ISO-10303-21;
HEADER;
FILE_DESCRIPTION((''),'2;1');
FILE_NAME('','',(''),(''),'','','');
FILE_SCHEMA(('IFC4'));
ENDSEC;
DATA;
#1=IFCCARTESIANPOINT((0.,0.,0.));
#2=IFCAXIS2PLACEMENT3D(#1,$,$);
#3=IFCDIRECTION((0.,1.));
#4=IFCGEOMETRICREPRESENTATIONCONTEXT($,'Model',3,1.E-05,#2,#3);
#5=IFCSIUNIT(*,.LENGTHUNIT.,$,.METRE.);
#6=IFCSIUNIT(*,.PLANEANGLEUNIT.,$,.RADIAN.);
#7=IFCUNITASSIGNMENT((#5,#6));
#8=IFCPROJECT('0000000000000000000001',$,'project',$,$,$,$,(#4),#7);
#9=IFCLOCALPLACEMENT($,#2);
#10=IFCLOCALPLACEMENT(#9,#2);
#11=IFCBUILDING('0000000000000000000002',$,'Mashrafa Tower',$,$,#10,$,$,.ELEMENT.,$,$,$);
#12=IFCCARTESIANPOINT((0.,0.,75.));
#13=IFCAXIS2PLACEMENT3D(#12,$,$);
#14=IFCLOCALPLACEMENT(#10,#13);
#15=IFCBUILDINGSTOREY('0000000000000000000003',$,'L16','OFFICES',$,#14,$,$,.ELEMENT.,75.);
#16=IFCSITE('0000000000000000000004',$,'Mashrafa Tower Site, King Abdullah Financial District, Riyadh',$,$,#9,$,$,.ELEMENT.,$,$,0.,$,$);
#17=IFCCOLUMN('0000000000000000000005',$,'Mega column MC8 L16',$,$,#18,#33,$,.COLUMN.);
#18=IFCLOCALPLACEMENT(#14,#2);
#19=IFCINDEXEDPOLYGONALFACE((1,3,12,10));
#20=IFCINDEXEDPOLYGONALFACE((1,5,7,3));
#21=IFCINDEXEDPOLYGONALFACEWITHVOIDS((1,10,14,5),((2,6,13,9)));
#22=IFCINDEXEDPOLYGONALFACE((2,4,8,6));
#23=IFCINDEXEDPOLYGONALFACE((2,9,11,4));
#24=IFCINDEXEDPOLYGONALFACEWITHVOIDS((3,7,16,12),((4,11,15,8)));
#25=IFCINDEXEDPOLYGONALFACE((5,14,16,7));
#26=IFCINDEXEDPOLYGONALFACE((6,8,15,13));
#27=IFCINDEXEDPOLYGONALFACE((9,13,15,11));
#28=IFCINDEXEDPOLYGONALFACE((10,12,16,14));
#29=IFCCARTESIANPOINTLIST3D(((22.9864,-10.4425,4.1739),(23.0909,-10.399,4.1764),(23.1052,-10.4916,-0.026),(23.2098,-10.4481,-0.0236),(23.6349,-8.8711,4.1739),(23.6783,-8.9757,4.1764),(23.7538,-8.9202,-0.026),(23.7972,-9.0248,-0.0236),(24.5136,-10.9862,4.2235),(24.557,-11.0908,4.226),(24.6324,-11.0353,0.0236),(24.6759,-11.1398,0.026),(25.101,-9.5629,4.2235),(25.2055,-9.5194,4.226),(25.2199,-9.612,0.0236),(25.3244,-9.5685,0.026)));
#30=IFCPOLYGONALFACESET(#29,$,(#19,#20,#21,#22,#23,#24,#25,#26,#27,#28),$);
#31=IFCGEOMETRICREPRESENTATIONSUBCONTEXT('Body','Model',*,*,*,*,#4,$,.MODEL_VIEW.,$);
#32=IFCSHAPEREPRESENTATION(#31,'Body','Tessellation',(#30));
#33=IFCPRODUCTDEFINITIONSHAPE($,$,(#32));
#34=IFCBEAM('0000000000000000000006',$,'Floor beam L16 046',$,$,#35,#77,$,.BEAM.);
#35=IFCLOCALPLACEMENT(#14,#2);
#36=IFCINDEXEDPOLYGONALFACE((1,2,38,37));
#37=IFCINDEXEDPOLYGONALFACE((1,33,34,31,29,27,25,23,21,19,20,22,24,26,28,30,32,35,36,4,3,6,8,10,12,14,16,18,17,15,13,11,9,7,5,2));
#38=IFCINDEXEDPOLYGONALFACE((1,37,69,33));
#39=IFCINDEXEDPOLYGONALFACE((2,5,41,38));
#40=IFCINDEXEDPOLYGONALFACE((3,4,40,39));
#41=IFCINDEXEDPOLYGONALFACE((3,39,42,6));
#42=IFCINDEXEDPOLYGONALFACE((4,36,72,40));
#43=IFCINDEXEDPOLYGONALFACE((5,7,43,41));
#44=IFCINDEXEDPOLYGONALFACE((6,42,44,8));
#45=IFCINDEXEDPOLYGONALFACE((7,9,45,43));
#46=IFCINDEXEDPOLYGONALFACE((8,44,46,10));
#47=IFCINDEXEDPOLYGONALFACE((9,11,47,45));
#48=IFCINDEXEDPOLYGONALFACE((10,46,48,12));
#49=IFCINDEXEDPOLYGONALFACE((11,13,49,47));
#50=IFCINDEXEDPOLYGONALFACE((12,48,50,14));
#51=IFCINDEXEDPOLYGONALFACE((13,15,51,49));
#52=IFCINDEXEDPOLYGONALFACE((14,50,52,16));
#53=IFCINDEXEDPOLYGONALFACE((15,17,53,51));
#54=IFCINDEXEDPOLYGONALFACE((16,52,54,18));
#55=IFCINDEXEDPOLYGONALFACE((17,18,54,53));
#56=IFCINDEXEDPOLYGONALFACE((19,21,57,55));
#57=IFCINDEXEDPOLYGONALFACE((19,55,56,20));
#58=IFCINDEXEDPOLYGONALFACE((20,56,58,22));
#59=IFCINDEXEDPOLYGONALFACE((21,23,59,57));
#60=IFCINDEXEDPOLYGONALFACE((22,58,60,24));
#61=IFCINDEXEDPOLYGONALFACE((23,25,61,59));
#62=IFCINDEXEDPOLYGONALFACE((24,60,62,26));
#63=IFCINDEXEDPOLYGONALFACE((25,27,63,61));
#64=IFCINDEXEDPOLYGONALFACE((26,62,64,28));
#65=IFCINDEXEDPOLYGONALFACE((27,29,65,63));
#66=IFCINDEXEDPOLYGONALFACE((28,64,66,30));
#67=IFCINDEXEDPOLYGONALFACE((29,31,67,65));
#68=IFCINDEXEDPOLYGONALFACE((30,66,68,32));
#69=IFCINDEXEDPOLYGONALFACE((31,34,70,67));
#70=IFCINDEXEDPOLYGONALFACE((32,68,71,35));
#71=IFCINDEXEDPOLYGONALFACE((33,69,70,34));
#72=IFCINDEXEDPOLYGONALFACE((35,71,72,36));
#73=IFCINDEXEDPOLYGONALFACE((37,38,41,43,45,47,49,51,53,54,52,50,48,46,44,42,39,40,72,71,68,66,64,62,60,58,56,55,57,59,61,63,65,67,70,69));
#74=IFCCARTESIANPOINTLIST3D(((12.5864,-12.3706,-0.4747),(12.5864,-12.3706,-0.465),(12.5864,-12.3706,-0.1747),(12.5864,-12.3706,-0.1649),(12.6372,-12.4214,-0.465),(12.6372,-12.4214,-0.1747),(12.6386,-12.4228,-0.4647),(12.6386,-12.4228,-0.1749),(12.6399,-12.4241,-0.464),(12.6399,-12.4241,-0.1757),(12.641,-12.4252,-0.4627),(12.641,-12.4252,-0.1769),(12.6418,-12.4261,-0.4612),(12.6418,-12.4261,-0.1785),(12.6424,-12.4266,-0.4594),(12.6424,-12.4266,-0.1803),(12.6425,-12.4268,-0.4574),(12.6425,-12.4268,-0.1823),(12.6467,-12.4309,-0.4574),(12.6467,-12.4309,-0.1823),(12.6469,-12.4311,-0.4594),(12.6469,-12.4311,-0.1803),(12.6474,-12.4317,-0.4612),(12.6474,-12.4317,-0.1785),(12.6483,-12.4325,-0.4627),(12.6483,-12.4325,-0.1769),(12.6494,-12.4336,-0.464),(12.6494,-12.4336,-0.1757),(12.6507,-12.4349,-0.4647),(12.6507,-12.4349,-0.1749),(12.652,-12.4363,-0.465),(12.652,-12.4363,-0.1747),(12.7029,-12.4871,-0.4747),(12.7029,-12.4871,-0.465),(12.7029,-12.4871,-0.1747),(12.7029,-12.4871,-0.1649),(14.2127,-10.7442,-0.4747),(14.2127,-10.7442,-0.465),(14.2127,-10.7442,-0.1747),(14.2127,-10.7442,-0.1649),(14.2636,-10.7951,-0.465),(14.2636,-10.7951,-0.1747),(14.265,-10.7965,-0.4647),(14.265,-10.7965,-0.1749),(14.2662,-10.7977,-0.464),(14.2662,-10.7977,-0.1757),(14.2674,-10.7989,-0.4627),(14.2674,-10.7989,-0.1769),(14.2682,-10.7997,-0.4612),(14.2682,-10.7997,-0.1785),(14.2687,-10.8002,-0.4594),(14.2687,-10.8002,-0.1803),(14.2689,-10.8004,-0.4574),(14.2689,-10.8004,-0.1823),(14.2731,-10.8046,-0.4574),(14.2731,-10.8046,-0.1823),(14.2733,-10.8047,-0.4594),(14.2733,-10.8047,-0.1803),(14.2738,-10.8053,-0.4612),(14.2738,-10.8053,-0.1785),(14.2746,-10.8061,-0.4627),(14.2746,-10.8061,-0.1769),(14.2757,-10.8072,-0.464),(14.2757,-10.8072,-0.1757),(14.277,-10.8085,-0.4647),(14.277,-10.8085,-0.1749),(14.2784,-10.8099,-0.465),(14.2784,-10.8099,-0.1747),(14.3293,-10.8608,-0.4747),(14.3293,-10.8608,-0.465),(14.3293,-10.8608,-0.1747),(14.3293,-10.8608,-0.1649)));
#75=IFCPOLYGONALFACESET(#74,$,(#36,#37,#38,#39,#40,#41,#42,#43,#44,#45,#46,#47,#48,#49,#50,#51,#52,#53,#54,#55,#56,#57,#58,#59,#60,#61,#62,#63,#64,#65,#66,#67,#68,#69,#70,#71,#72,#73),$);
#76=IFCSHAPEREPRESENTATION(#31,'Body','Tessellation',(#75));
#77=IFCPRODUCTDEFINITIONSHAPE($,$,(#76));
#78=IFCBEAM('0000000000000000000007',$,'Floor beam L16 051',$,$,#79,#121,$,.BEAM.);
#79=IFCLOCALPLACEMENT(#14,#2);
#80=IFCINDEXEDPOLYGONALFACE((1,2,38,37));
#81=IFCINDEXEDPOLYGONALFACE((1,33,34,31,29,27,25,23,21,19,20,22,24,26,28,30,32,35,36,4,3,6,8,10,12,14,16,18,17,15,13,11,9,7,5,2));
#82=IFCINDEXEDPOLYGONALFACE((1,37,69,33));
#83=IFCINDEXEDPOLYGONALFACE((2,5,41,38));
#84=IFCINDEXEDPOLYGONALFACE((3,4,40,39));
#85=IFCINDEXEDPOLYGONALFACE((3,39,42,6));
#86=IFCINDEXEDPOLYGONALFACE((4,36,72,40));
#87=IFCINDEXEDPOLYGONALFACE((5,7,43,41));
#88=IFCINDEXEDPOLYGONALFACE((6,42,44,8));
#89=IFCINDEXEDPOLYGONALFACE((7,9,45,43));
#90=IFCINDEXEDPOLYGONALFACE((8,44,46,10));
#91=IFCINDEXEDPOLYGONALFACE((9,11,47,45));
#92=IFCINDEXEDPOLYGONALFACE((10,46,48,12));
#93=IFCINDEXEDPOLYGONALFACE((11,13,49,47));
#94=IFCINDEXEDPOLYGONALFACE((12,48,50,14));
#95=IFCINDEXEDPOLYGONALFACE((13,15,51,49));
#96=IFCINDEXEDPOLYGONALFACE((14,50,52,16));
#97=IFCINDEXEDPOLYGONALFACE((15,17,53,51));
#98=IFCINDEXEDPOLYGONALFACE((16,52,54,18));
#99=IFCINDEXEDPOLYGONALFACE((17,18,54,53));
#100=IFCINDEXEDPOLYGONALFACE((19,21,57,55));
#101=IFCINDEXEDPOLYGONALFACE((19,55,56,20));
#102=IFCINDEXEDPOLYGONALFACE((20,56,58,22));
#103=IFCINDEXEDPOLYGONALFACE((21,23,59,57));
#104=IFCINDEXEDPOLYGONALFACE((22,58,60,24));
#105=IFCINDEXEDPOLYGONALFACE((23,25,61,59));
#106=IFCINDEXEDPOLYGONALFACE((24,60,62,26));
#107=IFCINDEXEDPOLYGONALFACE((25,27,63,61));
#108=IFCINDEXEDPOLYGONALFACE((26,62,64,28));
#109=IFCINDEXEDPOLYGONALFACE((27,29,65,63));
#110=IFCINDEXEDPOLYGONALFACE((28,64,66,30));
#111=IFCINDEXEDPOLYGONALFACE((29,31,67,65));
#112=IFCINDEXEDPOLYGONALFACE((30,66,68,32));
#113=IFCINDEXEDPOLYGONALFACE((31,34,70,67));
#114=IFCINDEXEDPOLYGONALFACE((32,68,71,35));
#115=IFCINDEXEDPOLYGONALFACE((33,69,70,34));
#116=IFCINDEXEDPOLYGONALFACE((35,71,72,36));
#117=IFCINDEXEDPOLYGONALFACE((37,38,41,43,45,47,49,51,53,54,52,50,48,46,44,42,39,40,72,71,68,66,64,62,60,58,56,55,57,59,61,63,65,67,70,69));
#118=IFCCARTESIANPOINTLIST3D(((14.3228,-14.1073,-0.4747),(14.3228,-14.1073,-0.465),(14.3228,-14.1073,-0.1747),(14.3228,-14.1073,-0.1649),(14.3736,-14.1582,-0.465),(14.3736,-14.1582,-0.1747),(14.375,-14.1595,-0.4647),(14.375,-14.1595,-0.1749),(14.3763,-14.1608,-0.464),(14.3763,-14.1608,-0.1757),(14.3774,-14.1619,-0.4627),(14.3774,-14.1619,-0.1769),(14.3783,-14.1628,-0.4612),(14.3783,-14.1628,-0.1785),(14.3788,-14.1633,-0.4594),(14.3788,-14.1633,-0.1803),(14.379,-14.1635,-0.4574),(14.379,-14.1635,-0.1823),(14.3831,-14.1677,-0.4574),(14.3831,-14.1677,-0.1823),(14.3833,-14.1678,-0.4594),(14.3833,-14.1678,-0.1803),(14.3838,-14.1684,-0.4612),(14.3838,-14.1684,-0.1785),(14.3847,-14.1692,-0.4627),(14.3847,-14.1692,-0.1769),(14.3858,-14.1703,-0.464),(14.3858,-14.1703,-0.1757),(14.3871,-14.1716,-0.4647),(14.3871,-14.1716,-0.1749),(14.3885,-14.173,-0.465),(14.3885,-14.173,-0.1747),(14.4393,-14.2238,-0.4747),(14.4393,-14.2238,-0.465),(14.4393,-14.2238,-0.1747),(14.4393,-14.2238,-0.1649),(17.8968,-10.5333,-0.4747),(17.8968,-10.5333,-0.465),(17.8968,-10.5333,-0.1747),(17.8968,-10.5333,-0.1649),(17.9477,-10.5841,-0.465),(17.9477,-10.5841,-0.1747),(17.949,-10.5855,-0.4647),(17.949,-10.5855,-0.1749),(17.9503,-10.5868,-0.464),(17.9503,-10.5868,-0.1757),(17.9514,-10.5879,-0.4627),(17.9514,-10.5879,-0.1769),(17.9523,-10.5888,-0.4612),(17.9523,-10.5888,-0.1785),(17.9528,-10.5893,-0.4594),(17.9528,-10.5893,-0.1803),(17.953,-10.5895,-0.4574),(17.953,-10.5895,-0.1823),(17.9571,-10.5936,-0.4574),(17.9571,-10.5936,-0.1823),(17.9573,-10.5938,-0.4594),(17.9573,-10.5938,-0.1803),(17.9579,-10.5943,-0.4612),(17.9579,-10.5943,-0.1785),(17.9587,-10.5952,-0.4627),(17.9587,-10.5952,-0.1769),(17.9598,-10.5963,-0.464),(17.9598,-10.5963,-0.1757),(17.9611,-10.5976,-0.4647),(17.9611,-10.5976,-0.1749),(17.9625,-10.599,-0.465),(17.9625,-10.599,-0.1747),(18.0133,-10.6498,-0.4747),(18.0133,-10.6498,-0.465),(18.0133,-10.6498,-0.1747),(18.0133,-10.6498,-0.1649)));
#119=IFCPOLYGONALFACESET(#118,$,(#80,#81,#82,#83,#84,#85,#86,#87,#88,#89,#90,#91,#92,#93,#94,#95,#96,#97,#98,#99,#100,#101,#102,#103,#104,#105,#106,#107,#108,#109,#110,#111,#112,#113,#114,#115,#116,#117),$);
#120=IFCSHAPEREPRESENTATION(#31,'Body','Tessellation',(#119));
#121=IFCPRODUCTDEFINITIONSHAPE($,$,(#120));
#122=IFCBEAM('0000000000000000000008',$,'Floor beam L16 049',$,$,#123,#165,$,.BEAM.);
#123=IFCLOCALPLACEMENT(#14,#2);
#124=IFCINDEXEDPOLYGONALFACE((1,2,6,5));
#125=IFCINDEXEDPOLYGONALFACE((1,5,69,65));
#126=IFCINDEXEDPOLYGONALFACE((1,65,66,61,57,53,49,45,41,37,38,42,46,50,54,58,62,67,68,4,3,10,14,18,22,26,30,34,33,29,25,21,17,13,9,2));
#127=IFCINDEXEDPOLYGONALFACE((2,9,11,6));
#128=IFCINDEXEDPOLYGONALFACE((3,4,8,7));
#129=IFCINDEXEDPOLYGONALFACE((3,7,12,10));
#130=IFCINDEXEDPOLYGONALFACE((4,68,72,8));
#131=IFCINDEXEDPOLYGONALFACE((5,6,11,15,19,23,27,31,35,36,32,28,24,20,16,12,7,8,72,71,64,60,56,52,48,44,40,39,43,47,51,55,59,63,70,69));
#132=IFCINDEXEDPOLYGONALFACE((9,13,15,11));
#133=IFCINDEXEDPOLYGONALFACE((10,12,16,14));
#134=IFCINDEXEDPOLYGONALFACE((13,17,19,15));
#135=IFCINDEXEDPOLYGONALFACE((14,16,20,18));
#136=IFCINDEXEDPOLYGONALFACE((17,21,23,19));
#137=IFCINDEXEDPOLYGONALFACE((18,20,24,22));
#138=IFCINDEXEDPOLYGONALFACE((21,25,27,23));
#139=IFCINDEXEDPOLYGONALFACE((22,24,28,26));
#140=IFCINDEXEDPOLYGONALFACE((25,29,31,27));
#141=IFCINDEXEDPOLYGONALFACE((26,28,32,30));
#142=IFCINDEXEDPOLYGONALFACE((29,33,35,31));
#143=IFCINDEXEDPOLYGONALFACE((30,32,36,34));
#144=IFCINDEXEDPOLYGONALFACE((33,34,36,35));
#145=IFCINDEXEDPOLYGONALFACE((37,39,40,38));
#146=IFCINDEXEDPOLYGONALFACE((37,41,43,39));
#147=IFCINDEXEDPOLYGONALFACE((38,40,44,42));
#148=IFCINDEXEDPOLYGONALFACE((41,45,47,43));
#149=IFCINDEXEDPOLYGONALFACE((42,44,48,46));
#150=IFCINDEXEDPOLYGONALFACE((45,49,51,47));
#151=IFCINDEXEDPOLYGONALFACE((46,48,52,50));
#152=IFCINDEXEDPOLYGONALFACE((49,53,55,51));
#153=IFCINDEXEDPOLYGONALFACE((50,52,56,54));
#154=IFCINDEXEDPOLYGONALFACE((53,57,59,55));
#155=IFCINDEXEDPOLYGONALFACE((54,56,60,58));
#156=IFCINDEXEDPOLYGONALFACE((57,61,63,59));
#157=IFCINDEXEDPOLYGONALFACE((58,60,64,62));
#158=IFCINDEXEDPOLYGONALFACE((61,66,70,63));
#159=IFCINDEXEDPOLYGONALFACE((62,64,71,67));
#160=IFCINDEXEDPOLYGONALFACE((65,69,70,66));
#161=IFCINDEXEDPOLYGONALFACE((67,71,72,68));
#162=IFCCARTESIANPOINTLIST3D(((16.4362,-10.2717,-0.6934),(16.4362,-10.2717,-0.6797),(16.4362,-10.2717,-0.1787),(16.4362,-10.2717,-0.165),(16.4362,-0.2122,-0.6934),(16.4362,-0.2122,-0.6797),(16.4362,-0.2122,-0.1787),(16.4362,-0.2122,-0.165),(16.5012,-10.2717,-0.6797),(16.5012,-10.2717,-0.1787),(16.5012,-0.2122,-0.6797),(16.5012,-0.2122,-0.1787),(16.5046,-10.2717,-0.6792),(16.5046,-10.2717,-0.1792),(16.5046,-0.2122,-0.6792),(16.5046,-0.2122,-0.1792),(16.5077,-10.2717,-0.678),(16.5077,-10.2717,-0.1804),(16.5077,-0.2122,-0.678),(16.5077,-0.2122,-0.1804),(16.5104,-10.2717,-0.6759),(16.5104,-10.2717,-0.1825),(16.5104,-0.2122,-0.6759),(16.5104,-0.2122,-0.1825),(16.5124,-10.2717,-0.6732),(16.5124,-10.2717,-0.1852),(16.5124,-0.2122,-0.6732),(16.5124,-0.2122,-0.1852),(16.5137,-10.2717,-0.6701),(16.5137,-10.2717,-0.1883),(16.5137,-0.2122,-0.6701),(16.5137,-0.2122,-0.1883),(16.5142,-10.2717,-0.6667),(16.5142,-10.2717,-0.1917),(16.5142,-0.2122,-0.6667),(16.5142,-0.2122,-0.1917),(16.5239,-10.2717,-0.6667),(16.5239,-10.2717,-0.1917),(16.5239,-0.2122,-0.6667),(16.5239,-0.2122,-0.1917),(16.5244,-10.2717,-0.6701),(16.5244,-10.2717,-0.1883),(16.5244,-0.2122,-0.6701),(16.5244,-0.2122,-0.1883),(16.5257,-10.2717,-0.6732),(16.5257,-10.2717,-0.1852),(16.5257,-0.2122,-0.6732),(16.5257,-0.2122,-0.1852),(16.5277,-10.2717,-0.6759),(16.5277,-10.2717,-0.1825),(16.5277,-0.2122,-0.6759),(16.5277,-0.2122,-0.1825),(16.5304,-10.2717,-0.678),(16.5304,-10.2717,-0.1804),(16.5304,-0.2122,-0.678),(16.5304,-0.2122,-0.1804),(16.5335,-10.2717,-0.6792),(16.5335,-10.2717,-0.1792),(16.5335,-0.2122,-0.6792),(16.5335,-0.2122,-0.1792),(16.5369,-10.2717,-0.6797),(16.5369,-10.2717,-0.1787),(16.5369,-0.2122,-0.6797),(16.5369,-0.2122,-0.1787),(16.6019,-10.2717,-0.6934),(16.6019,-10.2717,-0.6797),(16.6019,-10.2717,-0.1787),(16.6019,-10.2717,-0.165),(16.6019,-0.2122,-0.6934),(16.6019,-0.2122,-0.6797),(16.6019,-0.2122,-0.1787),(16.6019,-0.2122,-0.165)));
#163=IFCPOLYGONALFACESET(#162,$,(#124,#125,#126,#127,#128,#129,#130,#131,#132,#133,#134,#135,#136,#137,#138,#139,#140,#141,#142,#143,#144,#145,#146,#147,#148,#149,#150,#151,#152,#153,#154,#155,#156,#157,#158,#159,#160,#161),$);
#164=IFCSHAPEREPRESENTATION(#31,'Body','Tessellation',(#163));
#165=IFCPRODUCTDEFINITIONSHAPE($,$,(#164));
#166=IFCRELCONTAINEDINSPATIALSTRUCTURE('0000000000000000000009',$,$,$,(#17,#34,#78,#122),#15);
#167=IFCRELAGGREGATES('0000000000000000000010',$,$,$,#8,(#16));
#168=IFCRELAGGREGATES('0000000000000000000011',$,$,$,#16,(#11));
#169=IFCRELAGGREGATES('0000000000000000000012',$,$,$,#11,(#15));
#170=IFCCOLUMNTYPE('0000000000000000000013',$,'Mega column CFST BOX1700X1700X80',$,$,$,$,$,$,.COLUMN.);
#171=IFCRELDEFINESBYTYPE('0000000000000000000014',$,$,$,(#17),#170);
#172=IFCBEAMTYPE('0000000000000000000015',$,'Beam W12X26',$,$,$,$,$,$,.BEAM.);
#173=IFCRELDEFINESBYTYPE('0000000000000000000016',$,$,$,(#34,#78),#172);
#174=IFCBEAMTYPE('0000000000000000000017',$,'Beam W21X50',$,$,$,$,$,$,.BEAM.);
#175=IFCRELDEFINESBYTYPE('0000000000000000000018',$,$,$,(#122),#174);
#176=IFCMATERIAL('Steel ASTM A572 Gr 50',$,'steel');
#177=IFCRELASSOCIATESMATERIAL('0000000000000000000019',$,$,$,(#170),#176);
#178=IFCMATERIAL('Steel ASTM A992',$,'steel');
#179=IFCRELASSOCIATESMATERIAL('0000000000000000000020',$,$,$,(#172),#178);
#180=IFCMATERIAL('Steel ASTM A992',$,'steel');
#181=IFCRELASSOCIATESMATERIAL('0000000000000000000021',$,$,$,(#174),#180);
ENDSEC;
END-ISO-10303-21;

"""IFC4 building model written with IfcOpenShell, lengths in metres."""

from ifc_helpers import new_model, si_unit, direction, frame, origin, origin_2d, place, context, subcontext, project, spatial, hollow_rectangle, i_section, extrude, material, material_profile, profile_set, type_object, element, save


model = new_model("IFC4")

# Units and contexts
model_context = context("Model", 3, precision=1e-05, world=origin(), true_north=direction((0.0, 1.0)))
body_context = subcontext(model_context, "Body", "Model", "MODEL_VIEW")
ifc_project = project(units=[si_unit("LENGTHUNIT", "METRE"), si_unit("PLANEANGLEUNIT", "RADIAN")], contexts=[model_context])

# Site, building, storey
site_placement = place(None, origin())
site = spatial("IfcSite", under=ifc_project, at=site_placement, Name="Mashrafa Tower Site, King Abdullah Financial District, Riyadh", CompositionType="ELEMENT", RefElevation=0.0)
building_placement = place(site_placement, origin())
building = spatial("IfcBuilding", under=site, at=building_placement, Name="Mashrafa Tower", CompositionType="ELEMENT")
storey_placement = place(building_placement, frame((0.0, 0.0, 75.0)))
storey = spatial("IfcBuildingStorey", under=building, at=storey_placement, Name="L16", Description="OFFICES", CompositionType="ELEMENT", Elevation=75.0)

# Column
ifc_material_1 = material(Name="Steel ASTM A572 Gr 50", Category="steel")
ifc_material_profile_1 = material_profile(ifc_material_1, hollow_rectangle(XDim=1.7, YDim=1.7, WallThickness=0.0801, at=origin_2d()), Name="BOX1700X1700X80")
ifc_profile_set_1 = profile_set([ifc_material_profile_1], Name="Steel ASTM A572 Gr 50")
column_type = type_object("IfcColumnType", Name="Mega column CFST BOX1700X1700X80", PredefinedType="COLUMN", material=ifc_profile_set_1)
column_placement = place(storey_placement, frame((24.2148, -10.03, 0.0), z_axis=(-0.028296, 0.011679, 0.999531), x_axis=(-0.381513, -0.924363, 0.0)))
element("IfcColumn", 1, at=column_placement, inside=storey, type_object=column_type, Name="Mega column MC8 L16", PredefinedType="COLUMN", context=body_context, shape_type="SweptSolid", body=[
    extrude(hollow_rectangle(XDim=1.7, YDim=1.7, WallThickness=0.0801, at=origin_2d()), origin(), (0.0, 0.0, 1.0), 4.2019),
])

# Beams
ifc_material_2 = material(Name="Steel ASTM A992", Category="steel")
ifc_material_profile_2 = material_profile(ifc_material_2, i_section(OverallWidth=0.1648, OverallDepth=0.3098, WebThickness=0.0059, FlangeThickness=0.0098, FilletRadius=0.0076, at=origin_2d()), Name="W12X26")
ifc_profile_set_2 = profile_set([ifc_material_profile_2], Name="Steel ASTM A992")
beam_type_1 = type_object("IfcBeamType", Name="Beam W12X26", PredefinedType="BEAM", material=ifc_profile_set_2)
beam_1_placement = place(storey_placement, frame((14.271, -10.8025, -0.3198), z_axis=(-0.707107, -0.707107, 0.0), x_axis=(0.707107, -0.707107, 0.0)))
element("IfcBeam", 2, at=beam_1_placement, inside=storey, type_object=beam_type_1, Name="Floor beam L16 046", PredefinedType="BEAM", context=body_context, shape_type="SweptSolid", body=[
    extrude(i_section(OverallWidth=0.1648, OverallDepth=0.3098, WebThickness=0.0059, FlangeThickness=0.0098, FilletRadius=0.0076, at=origin_2d()), origin(), (0.0, 0.0, 1.0), 2.3),
])
beam_2_placement = place(storey_placement, frame((17.9551, -10.5916, -0.3198), z_axis=(-0.707107, -0.707107, 0.0), x_axis=(0.707107, -0.707107, 0.0)))
element("IfcBeam", 3, at=beam_2_placement, inside=storey, type_object=beam_type_1, Name="Floor beam L16 051", PredefinedType="BEAM", context=body_context, shape_type="SweptSolid", body=[
    extrude(i_section(OverallWidth=0.1648, OverallDepth=0.3098, WebThickness=0.0059, FlangeThickness=0.0098, FilletRadius=0.0076, at=origin_2d()), origin(), (0.0, 0.0, 1.0), 5.0544),
])
ifc_material_3 = material(Name="Steel ASTM A992", Category="steel")
ifc_material_profile_3 = material_profile(ifc_material_3, i_section(OverallWidth=0.1658, OverallDepth=0.5283, WebThickness=0.0098, FlangeThickness=0.0137, FilletRadius=0.0129, at=origin_2d()), Name="W21X50")
ifc_profile_set_3 = profile_set([ifc_material_profile_3], Name="Steel ASTM A992")
beam_type_2 = type_object("IfcBeamType", Name="Beam W21X50", PredefinedType="BEAM", material=ifc_profile_set_3)
beam_3_placement = place(storey_placement, frame((16.519, -0.2122, -0.4292), z_axis=(0.0, -1.0, 0.0), x_axis=(1.0, 0.0, 0.0)))
element("IfcBeam", 4, at=beam_3_placement, inside=storey, type_object=beam_type_2, Name="Floor beam L16 049", PredefinedType="BEAM", context=body_context, shape_type="SweptSolid", body=[
    extrude(i_section(OverallWidth=0.1658, OverallDepth=0.5283, WebThickness=0.0098, FlangeThickness=0.0137, FilletRadius=0.0129, at=origin_2d()), origin(), (0.0, 0.0, 1.0), 10.0596),
])

save(model, "model.ifc")
